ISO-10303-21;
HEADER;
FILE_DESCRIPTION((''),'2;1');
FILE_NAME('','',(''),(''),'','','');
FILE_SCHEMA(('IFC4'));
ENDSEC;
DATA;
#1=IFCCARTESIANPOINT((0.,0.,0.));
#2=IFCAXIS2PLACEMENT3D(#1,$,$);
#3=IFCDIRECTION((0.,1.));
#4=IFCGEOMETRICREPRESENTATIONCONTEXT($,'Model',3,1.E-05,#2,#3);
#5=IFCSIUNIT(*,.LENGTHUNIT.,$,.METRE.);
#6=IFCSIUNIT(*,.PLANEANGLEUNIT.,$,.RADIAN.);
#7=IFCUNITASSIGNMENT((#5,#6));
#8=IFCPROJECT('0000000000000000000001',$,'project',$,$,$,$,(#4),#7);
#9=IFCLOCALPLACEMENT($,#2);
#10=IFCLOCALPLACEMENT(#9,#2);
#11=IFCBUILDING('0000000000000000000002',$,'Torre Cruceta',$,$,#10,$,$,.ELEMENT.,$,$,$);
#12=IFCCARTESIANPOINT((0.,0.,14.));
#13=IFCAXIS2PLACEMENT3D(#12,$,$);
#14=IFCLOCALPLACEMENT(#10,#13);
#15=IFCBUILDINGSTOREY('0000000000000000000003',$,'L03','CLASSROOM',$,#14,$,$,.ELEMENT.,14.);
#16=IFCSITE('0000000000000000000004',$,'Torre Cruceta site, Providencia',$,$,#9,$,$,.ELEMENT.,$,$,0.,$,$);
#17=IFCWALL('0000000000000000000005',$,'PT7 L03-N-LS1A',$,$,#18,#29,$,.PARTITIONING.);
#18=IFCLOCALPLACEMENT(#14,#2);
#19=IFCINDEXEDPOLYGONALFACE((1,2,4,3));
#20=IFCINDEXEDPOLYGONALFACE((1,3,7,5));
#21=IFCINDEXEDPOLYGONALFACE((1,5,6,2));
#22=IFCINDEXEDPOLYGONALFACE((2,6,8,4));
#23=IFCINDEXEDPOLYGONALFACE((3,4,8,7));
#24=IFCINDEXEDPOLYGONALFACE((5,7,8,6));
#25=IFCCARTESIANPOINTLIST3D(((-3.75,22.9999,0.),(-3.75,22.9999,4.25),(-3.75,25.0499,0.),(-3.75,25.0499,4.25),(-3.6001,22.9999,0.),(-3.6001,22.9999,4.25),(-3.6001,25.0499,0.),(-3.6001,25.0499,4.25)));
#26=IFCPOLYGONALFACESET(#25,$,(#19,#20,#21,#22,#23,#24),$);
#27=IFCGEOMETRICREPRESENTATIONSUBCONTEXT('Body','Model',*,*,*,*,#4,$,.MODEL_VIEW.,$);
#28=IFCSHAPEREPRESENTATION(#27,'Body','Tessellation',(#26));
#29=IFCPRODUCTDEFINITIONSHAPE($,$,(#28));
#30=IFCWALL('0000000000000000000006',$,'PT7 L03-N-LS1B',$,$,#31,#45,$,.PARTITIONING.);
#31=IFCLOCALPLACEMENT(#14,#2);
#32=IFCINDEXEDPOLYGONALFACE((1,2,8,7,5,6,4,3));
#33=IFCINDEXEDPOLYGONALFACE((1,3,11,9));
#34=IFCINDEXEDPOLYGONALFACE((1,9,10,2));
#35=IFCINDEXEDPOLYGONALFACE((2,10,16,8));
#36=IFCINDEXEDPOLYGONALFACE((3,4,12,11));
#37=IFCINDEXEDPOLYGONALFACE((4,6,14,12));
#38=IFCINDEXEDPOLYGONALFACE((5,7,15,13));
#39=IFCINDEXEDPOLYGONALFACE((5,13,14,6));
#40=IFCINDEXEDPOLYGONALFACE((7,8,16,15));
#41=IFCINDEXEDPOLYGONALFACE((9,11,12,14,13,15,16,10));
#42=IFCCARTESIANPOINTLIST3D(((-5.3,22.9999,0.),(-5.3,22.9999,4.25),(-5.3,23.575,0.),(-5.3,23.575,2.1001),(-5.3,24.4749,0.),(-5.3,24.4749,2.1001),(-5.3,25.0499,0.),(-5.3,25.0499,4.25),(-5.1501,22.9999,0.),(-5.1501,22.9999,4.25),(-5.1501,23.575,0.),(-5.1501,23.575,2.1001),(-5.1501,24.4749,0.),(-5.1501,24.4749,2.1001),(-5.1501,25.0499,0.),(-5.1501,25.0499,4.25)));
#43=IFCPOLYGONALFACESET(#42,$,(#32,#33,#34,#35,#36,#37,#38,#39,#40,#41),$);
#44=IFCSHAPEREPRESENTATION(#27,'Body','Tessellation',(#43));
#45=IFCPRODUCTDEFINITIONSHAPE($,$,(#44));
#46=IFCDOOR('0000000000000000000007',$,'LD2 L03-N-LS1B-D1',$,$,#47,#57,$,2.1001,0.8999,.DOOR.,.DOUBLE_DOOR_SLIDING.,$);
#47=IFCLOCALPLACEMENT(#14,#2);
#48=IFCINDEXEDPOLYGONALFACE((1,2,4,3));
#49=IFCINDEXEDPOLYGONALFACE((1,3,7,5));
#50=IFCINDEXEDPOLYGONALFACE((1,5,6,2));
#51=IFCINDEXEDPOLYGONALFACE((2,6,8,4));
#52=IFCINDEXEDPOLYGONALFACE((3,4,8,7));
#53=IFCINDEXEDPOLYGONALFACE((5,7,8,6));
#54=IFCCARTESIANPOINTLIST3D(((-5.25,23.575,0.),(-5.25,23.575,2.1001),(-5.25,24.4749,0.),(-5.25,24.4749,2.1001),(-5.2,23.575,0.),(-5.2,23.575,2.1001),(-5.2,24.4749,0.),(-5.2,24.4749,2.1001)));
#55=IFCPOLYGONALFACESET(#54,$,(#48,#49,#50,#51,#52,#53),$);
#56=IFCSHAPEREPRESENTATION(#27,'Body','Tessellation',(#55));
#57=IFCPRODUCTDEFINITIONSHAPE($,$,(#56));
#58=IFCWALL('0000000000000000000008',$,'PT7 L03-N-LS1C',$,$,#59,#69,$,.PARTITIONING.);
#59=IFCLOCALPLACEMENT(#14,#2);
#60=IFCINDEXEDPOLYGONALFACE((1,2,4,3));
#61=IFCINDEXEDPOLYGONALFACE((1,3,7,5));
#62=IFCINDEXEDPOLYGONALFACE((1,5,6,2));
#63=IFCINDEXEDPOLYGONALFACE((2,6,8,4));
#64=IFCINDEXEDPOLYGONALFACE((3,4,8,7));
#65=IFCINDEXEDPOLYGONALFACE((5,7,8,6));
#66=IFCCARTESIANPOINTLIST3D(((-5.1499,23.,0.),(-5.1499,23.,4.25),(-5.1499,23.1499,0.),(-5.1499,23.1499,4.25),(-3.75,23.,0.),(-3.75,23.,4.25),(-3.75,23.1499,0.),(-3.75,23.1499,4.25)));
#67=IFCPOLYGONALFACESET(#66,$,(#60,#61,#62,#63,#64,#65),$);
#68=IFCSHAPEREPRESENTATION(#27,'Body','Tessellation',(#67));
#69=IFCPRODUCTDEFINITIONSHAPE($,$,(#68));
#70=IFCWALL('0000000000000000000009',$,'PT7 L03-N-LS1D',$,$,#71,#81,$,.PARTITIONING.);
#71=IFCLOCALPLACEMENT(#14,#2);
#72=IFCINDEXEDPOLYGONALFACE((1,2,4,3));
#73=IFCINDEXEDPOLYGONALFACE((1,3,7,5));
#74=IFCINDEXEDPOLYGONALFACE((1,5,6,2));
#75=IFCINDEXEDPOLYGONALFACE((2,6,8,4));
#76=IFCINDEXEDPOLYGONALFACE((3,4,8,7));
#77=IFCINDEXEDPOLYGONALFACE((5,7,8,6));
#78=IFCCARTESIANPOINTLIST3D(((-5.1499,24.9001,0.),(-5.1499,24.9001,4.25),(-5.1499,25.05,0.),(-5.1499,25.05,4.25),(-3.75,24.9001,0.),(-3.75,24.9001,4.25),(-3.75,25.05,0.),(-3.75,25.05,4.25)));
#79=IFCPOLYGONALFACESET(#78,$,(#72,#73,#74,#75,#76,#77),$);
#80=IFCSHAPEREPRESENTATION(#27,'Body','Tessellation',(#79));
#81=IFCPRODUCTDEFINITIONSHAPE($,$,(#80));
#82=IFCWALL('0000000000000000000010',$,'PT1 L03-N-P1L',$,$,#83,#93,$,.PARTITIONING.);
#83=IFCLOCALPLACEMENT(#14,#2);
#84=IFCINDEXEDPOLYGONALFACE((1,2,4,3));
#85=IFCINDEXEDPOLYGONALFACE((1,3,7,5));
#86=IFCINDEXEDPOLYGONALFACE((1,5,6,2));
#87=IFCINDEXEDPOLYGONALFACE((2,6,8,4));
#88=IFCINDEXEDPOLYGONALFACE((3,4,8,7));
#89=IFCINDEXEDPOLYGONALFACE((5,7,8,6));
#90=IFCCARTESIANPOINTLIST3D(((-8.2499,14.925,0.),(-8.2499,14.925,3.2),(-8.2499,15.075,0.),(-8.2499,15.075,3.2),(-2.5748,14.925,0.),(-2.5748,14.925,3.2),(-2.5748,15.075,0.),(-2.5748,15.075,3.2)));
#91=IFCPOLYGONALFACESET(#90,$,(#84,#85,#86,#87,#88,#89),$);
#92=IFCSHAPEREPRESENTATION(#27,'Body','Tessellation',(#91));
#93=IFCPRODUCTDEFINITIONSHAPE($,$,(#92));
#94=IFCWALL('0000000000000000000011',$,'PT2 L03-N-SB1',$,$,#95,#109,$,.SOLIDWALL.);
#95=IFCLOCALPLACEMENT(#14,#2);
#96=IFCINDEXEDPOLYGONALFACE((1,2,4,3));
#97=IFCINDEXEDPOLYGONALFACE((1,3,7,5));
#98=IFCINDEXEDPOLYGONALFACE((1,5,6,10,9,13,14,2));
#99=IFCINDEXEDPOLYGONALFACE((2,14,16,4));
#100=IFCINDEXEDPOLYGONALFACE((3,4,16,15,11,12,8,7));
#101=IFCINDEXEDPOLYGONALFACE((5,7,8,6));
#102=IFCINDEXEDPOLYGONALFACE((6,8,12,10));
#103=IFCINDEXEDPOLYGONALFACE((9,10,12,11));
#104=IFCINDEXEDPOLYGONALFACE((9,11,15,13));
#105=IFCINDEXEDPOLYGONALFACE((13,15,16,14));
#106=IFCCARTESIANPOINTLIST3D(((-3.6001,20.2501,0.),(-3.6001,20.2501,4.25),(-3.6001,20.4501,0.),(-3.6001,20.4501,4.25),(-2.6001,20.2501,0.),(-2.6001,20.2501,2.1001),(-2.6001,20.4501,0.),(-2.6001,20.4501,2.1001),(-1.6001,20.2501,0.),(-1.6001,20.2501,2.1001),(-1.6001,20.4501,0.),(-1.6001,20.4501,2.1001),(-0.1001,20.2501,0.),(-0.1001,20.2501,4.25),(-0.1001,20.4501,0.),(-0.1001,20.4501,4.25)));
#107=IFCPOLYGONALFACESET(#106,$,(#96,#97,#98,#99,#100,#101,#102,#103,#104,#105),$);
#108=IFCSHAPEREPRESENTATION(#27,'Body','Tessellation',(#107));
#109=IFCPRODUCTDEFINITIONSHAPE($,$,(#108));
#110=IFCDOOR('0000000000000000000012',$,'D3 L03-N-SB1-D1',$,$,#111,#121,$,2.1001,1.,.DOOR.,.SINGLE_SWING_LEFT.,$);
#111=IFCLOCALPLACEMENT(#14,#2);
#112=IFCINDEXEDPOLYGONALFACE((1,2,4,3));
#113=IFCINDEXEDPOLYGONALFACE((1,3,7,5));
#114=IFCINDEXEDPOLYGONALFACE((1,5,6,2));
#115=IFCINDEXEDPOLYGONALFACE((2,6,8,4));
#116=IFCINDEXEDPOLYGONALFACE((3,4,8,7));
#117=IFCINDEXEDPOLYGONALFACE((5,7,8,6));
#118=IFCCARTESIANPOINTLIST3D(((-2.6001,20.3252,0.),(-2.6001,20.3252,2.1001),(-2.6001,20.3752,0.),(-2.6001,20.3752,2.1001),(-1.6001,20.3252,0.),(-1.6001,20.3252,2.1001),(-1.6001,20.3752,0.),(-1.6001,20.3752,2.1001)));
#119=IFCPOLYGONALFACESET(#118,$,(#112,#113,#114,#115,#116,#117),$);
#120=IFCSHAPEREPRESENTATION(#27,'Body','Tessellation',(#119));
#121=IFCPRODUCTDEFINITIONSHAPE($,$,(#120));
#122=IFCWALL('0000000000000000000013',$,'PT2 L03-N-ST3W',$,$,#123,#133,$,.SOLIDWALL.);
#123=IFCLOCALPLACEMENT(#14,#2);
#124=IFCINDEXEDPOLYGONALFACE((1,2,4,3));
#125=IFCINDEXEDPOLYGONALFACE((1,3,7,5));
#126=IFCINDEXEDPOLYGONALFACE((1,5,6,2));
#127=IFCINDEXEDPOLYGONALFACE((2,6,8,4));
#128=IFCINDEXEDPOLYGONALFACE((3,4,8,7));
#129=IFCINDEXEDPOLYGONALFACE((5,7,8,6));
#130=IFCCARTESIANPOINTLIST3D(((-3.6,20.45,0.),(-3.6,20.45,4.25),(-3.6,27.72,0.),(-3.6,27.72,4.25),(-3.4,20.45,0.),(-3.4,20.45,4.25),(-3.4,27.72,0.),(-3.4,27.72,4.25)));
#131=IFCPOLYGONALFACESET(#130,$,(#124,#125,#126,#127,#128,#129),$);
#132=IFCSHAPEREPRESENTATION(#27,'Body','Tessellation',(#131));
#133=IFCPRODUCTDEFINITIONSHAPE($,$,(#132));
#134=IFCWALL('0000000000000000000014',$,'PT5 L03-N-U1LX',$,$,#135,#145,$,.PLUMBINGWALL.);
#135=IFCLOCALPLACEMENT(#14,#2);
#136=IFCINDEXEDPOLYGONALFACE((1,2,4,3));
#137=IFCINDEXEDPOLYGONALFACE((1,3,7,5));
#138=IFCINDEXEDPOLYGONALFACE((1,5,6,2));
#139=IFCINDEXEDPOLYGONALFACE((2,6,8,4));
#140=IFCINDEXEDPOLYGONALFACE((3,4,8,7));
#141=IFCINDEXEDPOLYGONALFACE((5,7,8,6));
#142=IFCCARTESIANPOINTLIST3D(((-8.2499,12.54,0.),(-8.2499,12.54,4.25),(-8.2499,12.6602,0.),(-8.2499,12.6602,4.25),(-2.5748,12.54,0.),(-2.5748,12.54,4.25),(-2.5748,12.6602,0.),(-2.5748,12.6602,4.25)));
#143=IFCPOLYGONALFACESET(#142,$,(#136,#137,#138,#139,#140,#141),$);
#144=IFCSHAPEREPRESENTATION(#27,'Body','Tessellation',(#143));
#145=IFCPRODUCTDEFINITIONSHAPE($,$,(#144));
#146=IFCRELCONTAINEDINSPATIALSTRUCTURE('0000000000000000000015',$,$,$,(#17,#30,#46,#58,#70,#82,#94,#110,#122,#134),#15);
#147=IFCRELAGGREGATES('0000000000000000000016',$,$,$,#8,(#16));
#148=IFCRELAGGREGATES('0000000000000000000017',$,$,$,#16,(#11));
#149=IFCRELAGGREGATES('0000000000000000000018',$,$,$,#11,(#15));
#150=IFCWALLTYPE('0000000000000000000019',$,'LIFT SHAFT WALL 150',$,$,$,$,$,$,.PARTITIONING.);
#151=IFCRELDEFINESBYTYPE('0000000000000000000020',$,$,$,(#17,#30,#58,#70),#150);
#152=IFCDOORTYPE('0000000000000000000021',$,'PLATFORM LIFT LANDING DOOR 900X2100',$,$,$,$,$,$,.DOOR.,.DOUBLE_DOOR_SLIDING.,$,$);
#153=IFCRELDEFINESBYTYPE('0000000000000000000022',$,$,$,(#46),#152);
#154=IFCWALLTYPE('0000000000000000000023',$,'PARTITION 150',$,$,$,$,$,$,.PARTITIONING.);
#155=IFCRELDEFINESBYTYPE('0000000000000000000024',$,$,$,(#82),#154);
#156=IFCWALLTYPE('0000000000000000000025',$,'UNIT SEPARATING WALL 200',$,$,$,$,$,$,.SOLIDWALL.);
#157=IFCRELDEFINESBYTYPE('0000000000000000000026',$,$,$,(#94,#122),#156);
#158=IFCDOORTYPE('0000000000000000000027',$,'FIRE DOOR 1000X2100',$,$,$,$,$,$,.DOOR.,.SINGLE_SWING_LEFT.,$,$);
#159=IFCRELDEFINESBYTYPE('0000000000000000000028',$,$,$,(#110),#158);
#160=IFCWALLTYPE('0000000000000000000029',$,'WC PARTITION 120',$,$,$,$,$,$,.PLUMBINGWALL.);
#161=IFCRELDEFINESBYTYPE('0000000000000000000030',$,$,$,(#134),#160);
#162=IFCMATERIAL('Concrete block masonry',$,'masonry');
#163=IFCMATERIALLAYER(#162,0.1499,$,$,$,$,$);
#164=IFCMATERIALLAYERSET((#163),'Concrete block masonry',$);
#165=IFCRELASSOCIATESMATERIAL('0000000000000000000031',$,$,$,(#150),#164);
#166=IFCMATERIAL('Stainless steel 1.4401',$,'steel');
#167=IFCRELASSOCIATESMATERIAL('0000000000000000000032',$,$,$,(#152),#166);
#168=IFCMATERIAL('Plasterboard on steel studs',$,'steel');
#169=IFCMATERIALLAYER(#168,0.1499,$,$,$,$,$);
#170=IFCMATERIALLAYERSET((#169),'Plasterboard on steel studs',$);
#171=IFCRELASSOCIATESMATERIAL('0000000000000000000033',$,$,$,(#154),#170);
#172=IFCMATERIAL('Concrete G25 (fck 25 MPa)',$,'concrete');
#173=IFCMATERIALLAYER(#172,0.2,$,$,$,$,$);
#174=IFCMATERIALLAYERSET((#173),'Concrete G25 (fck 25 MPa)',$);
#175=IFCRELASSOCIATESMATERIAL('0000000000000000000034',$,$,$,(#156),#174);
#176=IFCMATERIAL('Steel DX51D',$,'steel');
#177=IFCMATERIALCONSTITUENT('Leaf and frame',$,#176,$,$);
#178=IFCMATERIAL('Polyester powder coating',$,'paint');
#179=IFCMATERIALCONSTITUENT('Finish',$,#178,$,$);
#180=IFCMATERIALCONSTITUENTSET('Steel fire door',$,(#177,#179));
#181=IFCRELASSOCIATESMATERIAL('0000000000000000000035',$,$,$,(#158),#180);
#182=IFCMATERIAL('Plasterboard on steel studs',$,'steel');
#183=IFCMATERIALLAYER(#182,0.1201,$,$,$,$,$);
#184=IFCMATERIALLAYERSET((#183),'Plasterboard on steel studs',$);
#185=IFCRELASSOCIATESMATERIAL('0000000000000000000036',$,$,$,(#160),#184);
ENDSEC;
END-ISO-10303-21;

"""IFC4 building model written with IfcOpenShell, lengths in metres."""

from ifc_helpers import new_model, si_unit, direction, frame, frame_2d, origin, place, context, subcontext, project, spatial, rectangle, extrude, material, layer, layer_set, constituent, constituent_set, type_object, element, fill, save


model = new_model("IFC4")

# Units and contexts
model_context = context("Model", 3, precision=1e-05, world=origin(), true_north=direction((0.0, 1.0)))
body_context = subcontext(model_context, "Body", "Model", "MODEL_VIEW")
ifc_project = project(units=[si_unit("LENGTHUNIT", "METRE"), si_unit("PLANEANGLEUNIT", "RADIAN")], contexts=[model_context])

# Site, building, storey
site_placement = place(None, origin())
site = spatial("IfcSite", under=ifc_project, at=site_placement, Name="Torre Cruceta site, Providencia", CompositionType="ELEMENT", RefElevation=0.0)
building_placement = place(site_placement, origin())
building = spatial("IfcBuilding", under=site, at=building_placement, Name="Torre Cruceta", CompositionType="ELEMENT")
storey_placement = place(building_placement, frame((0.0, 0.0, 14.0)))
storey = spatial("IfcBuildingStorey", under=building, at=storey_placement, Name="L03", Description="CLASSROOM", CompositionType="ELEMENT", Elevation=14.0)

# Wall
ifc_material_1 = material(Name="Concrete block masonry", Category="masonry")
ifc_layer_1 = layer(ifc_material_1, 0.1499)
ifc_layer_set_1 = layer_set([ifc_layer_1], Name="Concrete block masonry")
wall_type_1 = type_object("IfcWallType", Name="LIFT SHAFT WALL 150", PredefinedType="PARTITIONING", material=ifc_layer_set_1)
wall_1_placement = place(storey_placement, frame((-3.675, 23.0, 0.0), z_axis=(0.0, 0.0, 1.0), x_axis=(0.0, 1.0, 0.0)))
element("IfcWall", 1, at=wall_1_placement, inside=storey, type_object=wall_type_1, Name="PT7 L03-N-LS1A", PredefinedType="PARTITIONING", context=body_context, shape_type="SweptSolid", body=[
    extrude(rectangle(XDim=2.05, YDim=0.1499, at=frame_2d((1.0249, 0.0))), origin(), (0.0, 0.0, 1.0), 4.25),
])

# Wall, opening, door
wall_2_placement = place(storey_placement, frame((-5.2251, 23.0, 0.0), z_axis=(0.0, 0.0, 1.0), x_axis=(0.0, 1.0, 0.0)))
wall_2 = element("IfcWall", 2, at=wall_2_placement, inside=storey, type_object=wall_type_1, Name="PT7 L03-N-LS1B", PredefinedType="PARTITIONING", context=body_context, shape_type="SweptSolid", body=[
    extrude(rectangle(XDim=2.05, YDim=0.1499, at=frame_2d((1.0249, 0.0))), origin(), (0.0, 0.0, 1.0), 4.25),
])
opening_1_placement = place(wall_2_placement, frame((0.575, 0.0, 0.0)))
opening_1 = element("IfcOpeningElement", 3, at=opening_1_placement, cuts=wall_2, PredefinedType="OPENING", context=body_context, shape_type="SweptSolid", body=[
    extrude(rectangle(XDim=0.8999, YDim=2.1001, at=frame_2d((0.45, 1.05))), frame((0.0, 0.085, 0.0), z_axis=(0.0, -1.0, 0.0), x_axis=(1.0, 0.0, 0.0)), (0.0, 0.0, 1.0), 0.1699),
])
ifc_material_2 = material(Name="Stainless steel 1.4401", Category="steel")
door_type_1 = type_object("IfcDoorType", Name="PLATFORM LIFT LANDING DOOR 900X2100", OperationType="DOUBLE_DOOR_SLIDING", PredefinedType="DOOR", material=ifc_material_2)
door_1_placement = place(opening_1_placement, origin())
door_1 = element("IfcDoor", 4, at=door_1_placement, inside=storey, type_object=door_type_1, Name="LD2 L03-N-LS1B-D1", OperationType="DOUBLE_DOOR_SLIDING", OverallHeight=2.1001, OverallWidth=0.8999, PredefinedType="DOOR", context=body_context, shape_type="SweptSolid", body=[
    extrude(rectangle(XDim=0.8999, YDim=2.1001, at=frame_2d((0.45, 1.05))), frame((0.0, 0.0249, 0.0), z_axis=(0.0, -1.0, 0.0), x_axis=(1.0, 0.0, 0.0)), (0.0, 0.0, 1.0), 0.05),
])
fill(opening_1, door_1)

# Walls
for number, where, z_axis, x_axis, name in (
    (5, (-3.75, 23.075, 0.0), (0.0, 0.0, 1.0), (-1.0, 0.0, 0.0), "PT7 L03-N-LS1C"),
    (6, (-3.75, 24.9751, 0.0), (0.0, 0.0, 1.0), (-1.0, 0.0, 0.0), "PT7 L03-N-LS1D"),
):
    element("IfcWall", number, at=place(storey_placement, frame(where, z_axis=z_axis, x_axis=x_axis)), inside=storey, type_object=wall_type_1, Name=name, PredefinedType="PARTITIONING", context=body_context, shape_type="SweptSolid", body=[
        extrude(rectangle(XDim=1.3999, YDim=0.1499, at=frame_2d((0.7, 0.0))), origin(), (0.0, 0.0, 1.0), 4.25),
    ])
ifc_material_3 = material(Name="Plasterboard on steel studs", Category="steel")
ifc_layer_2 = layer(ifc_material_3, 0.1499)
ifc_layer_set_2 = layer_set([ifc_layer_2], Name="Plasterboard on steel studs")
wall_type_2 = type_object("IfcWallType", Name="PARTITION 150", PredefinedType="PARTITIONING", material=ifc_layer_set_2)
wall_3_placement = place(storey_placement, frame((-2.575, 15.0, 0.0), z_axis=(0.0, 0.0, 1.0), x_axis=(-1.0, 0.0, 0.0)))
element("IfcWall", 7, at=wall_3_placement, inside=storey, type_object=wall_type_2, Name="PT1 L03-N-P1L", PredefinedType="PARTITIONING", context=body_context, shape_type="SweptSolid", body=[
    extrude(rectangle(XDim=5.675, YDim=0.1499, at=frame_2d((2.8374, 0.0))), origin(), (0.0, 0.0, 1.0), 3.2),
])

# Wall, opening, door
ifc_material_4 = material(Name="Concrete G25 (fck 25 MPa)", Category="concrete")
ifc_layer_3 = layer(ifc_material_4, 0.2)
ifc_layer_set_3 = layer_set([ifc_layer_3], Name="Concrete G25 (fck 25 MPa)")
wall_type_3 = type_object("IfcWallType", Name="UNIT SEPARATING WALL 200", PredefinedType="SOLIDWALL", material=ifc_layer_set_3)
wall_4_placement = place(storey_placement, frame((-0.1001, 20.3501, 0.0), z_axis=(0.0, 0.0, 1.0), x_axis=(-1.0, 0.0, 0.0)))
wall_4 = element("IfcWall", 8, at=wall_4_placement, inside=storey, type_object=wall_type_3, Name="PT2 L03-N-SB1", PredefinedType="SOLIDWALL", context=body_context, shape_type="SweptSolid", body=[
    extrude(rectangle(XDim=3.5, YDim=0.2, at=frame_2d((1.75, 0.0))), origin(), (0.0, 0.0, 1.0), 4.25),
])
opening_2_placement = place(wall_4_placement, frame((1.5, 0.0, 0.0)))
opening_2 = element("IfcOpeningElement", 9, at=opening_2_placement, cuts=wall_4, PredefinedType="OPENING", context=body_context, shape_type="SweptSolid", body=[
    extrude(rectangle(XDim=1.0, YDim=2.1001, at=frame_2d((0.5, 1.05))), frame((0.0, 0.1099, 0.0), z_axis=(0.0, -1.0, 0.0), x_axis=(1.0, 0.0, 0.0)), (0.0, 0.0, 1.0), 0.22),
])
ifc_material_5 = material(Name="Steel DX51D", Category="steel")
ifc_constituent_1 = constituent(ifc_material_5, Name="Leaf and frame")
ifc_material_6 = material(Name="Polyester powder coating", Category="paint")
ifc_constituent_2 = constituent(ifc_material_6, Name="Finish")
ifc_constituent_set_1 = constituent_set(constituents=[ifc_constituent_1, ifc_constituent_2], Name="Steel fire door")
door_type_2 = type_object("IfcDoorType", Name="FIRE DOOR 1000X2100", OperationType="SINGLE_SWING_LEFT", PredefinedType="DOOR", material=ifc_constituent_set_1)
door_2_placement = place(opening_2_placement, frame((1.0, 0.0, 0.0), z_axis=(0.0, 0.0, 1.0), x_axis=(-1.0, 0.0, 0.0)))
door_2 = element("IfcDoor", 10, at=door_2_placement, inside=storey, type_object=door_type_2, Name="D3 L03-N-SB1-D1", OperationType="SINGLE_SWING_LEFT", OverallHeight=2.1001, OverallWidth=1.0, PredefinedType="DOOR", context=body_context, shape_type="SweptSolid", body=[
    extrude(rectangle(XDim=1.0, YDim=2.1001, at=frame_2d((0.5, 1.05))), frame((0.0, 0.0251, 0.0), z_axis=(0.0, -1.0, 0.0), x_axis=(1.0, 0.0, 0.0)), (0.0, 0.0, 1.0), 0.05),
])
fill(opening_2, door_2)

# Walls
wall_5_placement = place(storey_placement, frame((-3.5, 20.45, 0.0), z_axis=(0.0, 0.0, 1.0), x_axis=(0.0, 1.0, 0.0)))
element("IfcWall", 11, at=wall_5_placement, inside=storey, type_object=wall_type_3, Name="PT2 L03-N-ST3W", PredefinedType="SOLIDWALL", context=body_context, shape_type="SweptSolid", body=[
    extrude(rectangle(XDim=7.27, YDim=0.2, at=frame_2d((3.635, 0.0))), origin(), (0.0, 0.0, 1.0), 4.25),
])
ifc_material_7 = material(Name="Plasterboard on steel studs", Category="steel")
ifc_layer_4 = layer(ifc_material_7, 0.1201)
ifc_layer_set_4 = layer_set([ifc_layer_4], Name="Plasterboard on steel studs")
wall_type_4 = type_object("IfcWallType", Name="WC PARTITION 120", PredefinedType="PLUMBINGWALL", material=ifc_layer_set_4)
wall_6_placement = place(storey_placement, frame((-2.575, 12.6001, 0.0), z_axis=(0.0, 0.0, 1.0), x_axis=(-1.0, 0.0, 0.0)))
element("IfcWall", 12, at=wall_6_placement, inside=storey, type_object=wall_type_4, Name="PT5 L03-N-U1LX", PredefinedType="PLUMBINGWALL", context=body_context, shape_type="SweptSolid", body=[
    extrude(rectangle(XDim=5.675, YDim=0.1201, at=frame_2d((2.8374, 0.0))), origin(), (0.0, 0.0, 1.0), 4.25),
])

save(model, "model.ifc")
